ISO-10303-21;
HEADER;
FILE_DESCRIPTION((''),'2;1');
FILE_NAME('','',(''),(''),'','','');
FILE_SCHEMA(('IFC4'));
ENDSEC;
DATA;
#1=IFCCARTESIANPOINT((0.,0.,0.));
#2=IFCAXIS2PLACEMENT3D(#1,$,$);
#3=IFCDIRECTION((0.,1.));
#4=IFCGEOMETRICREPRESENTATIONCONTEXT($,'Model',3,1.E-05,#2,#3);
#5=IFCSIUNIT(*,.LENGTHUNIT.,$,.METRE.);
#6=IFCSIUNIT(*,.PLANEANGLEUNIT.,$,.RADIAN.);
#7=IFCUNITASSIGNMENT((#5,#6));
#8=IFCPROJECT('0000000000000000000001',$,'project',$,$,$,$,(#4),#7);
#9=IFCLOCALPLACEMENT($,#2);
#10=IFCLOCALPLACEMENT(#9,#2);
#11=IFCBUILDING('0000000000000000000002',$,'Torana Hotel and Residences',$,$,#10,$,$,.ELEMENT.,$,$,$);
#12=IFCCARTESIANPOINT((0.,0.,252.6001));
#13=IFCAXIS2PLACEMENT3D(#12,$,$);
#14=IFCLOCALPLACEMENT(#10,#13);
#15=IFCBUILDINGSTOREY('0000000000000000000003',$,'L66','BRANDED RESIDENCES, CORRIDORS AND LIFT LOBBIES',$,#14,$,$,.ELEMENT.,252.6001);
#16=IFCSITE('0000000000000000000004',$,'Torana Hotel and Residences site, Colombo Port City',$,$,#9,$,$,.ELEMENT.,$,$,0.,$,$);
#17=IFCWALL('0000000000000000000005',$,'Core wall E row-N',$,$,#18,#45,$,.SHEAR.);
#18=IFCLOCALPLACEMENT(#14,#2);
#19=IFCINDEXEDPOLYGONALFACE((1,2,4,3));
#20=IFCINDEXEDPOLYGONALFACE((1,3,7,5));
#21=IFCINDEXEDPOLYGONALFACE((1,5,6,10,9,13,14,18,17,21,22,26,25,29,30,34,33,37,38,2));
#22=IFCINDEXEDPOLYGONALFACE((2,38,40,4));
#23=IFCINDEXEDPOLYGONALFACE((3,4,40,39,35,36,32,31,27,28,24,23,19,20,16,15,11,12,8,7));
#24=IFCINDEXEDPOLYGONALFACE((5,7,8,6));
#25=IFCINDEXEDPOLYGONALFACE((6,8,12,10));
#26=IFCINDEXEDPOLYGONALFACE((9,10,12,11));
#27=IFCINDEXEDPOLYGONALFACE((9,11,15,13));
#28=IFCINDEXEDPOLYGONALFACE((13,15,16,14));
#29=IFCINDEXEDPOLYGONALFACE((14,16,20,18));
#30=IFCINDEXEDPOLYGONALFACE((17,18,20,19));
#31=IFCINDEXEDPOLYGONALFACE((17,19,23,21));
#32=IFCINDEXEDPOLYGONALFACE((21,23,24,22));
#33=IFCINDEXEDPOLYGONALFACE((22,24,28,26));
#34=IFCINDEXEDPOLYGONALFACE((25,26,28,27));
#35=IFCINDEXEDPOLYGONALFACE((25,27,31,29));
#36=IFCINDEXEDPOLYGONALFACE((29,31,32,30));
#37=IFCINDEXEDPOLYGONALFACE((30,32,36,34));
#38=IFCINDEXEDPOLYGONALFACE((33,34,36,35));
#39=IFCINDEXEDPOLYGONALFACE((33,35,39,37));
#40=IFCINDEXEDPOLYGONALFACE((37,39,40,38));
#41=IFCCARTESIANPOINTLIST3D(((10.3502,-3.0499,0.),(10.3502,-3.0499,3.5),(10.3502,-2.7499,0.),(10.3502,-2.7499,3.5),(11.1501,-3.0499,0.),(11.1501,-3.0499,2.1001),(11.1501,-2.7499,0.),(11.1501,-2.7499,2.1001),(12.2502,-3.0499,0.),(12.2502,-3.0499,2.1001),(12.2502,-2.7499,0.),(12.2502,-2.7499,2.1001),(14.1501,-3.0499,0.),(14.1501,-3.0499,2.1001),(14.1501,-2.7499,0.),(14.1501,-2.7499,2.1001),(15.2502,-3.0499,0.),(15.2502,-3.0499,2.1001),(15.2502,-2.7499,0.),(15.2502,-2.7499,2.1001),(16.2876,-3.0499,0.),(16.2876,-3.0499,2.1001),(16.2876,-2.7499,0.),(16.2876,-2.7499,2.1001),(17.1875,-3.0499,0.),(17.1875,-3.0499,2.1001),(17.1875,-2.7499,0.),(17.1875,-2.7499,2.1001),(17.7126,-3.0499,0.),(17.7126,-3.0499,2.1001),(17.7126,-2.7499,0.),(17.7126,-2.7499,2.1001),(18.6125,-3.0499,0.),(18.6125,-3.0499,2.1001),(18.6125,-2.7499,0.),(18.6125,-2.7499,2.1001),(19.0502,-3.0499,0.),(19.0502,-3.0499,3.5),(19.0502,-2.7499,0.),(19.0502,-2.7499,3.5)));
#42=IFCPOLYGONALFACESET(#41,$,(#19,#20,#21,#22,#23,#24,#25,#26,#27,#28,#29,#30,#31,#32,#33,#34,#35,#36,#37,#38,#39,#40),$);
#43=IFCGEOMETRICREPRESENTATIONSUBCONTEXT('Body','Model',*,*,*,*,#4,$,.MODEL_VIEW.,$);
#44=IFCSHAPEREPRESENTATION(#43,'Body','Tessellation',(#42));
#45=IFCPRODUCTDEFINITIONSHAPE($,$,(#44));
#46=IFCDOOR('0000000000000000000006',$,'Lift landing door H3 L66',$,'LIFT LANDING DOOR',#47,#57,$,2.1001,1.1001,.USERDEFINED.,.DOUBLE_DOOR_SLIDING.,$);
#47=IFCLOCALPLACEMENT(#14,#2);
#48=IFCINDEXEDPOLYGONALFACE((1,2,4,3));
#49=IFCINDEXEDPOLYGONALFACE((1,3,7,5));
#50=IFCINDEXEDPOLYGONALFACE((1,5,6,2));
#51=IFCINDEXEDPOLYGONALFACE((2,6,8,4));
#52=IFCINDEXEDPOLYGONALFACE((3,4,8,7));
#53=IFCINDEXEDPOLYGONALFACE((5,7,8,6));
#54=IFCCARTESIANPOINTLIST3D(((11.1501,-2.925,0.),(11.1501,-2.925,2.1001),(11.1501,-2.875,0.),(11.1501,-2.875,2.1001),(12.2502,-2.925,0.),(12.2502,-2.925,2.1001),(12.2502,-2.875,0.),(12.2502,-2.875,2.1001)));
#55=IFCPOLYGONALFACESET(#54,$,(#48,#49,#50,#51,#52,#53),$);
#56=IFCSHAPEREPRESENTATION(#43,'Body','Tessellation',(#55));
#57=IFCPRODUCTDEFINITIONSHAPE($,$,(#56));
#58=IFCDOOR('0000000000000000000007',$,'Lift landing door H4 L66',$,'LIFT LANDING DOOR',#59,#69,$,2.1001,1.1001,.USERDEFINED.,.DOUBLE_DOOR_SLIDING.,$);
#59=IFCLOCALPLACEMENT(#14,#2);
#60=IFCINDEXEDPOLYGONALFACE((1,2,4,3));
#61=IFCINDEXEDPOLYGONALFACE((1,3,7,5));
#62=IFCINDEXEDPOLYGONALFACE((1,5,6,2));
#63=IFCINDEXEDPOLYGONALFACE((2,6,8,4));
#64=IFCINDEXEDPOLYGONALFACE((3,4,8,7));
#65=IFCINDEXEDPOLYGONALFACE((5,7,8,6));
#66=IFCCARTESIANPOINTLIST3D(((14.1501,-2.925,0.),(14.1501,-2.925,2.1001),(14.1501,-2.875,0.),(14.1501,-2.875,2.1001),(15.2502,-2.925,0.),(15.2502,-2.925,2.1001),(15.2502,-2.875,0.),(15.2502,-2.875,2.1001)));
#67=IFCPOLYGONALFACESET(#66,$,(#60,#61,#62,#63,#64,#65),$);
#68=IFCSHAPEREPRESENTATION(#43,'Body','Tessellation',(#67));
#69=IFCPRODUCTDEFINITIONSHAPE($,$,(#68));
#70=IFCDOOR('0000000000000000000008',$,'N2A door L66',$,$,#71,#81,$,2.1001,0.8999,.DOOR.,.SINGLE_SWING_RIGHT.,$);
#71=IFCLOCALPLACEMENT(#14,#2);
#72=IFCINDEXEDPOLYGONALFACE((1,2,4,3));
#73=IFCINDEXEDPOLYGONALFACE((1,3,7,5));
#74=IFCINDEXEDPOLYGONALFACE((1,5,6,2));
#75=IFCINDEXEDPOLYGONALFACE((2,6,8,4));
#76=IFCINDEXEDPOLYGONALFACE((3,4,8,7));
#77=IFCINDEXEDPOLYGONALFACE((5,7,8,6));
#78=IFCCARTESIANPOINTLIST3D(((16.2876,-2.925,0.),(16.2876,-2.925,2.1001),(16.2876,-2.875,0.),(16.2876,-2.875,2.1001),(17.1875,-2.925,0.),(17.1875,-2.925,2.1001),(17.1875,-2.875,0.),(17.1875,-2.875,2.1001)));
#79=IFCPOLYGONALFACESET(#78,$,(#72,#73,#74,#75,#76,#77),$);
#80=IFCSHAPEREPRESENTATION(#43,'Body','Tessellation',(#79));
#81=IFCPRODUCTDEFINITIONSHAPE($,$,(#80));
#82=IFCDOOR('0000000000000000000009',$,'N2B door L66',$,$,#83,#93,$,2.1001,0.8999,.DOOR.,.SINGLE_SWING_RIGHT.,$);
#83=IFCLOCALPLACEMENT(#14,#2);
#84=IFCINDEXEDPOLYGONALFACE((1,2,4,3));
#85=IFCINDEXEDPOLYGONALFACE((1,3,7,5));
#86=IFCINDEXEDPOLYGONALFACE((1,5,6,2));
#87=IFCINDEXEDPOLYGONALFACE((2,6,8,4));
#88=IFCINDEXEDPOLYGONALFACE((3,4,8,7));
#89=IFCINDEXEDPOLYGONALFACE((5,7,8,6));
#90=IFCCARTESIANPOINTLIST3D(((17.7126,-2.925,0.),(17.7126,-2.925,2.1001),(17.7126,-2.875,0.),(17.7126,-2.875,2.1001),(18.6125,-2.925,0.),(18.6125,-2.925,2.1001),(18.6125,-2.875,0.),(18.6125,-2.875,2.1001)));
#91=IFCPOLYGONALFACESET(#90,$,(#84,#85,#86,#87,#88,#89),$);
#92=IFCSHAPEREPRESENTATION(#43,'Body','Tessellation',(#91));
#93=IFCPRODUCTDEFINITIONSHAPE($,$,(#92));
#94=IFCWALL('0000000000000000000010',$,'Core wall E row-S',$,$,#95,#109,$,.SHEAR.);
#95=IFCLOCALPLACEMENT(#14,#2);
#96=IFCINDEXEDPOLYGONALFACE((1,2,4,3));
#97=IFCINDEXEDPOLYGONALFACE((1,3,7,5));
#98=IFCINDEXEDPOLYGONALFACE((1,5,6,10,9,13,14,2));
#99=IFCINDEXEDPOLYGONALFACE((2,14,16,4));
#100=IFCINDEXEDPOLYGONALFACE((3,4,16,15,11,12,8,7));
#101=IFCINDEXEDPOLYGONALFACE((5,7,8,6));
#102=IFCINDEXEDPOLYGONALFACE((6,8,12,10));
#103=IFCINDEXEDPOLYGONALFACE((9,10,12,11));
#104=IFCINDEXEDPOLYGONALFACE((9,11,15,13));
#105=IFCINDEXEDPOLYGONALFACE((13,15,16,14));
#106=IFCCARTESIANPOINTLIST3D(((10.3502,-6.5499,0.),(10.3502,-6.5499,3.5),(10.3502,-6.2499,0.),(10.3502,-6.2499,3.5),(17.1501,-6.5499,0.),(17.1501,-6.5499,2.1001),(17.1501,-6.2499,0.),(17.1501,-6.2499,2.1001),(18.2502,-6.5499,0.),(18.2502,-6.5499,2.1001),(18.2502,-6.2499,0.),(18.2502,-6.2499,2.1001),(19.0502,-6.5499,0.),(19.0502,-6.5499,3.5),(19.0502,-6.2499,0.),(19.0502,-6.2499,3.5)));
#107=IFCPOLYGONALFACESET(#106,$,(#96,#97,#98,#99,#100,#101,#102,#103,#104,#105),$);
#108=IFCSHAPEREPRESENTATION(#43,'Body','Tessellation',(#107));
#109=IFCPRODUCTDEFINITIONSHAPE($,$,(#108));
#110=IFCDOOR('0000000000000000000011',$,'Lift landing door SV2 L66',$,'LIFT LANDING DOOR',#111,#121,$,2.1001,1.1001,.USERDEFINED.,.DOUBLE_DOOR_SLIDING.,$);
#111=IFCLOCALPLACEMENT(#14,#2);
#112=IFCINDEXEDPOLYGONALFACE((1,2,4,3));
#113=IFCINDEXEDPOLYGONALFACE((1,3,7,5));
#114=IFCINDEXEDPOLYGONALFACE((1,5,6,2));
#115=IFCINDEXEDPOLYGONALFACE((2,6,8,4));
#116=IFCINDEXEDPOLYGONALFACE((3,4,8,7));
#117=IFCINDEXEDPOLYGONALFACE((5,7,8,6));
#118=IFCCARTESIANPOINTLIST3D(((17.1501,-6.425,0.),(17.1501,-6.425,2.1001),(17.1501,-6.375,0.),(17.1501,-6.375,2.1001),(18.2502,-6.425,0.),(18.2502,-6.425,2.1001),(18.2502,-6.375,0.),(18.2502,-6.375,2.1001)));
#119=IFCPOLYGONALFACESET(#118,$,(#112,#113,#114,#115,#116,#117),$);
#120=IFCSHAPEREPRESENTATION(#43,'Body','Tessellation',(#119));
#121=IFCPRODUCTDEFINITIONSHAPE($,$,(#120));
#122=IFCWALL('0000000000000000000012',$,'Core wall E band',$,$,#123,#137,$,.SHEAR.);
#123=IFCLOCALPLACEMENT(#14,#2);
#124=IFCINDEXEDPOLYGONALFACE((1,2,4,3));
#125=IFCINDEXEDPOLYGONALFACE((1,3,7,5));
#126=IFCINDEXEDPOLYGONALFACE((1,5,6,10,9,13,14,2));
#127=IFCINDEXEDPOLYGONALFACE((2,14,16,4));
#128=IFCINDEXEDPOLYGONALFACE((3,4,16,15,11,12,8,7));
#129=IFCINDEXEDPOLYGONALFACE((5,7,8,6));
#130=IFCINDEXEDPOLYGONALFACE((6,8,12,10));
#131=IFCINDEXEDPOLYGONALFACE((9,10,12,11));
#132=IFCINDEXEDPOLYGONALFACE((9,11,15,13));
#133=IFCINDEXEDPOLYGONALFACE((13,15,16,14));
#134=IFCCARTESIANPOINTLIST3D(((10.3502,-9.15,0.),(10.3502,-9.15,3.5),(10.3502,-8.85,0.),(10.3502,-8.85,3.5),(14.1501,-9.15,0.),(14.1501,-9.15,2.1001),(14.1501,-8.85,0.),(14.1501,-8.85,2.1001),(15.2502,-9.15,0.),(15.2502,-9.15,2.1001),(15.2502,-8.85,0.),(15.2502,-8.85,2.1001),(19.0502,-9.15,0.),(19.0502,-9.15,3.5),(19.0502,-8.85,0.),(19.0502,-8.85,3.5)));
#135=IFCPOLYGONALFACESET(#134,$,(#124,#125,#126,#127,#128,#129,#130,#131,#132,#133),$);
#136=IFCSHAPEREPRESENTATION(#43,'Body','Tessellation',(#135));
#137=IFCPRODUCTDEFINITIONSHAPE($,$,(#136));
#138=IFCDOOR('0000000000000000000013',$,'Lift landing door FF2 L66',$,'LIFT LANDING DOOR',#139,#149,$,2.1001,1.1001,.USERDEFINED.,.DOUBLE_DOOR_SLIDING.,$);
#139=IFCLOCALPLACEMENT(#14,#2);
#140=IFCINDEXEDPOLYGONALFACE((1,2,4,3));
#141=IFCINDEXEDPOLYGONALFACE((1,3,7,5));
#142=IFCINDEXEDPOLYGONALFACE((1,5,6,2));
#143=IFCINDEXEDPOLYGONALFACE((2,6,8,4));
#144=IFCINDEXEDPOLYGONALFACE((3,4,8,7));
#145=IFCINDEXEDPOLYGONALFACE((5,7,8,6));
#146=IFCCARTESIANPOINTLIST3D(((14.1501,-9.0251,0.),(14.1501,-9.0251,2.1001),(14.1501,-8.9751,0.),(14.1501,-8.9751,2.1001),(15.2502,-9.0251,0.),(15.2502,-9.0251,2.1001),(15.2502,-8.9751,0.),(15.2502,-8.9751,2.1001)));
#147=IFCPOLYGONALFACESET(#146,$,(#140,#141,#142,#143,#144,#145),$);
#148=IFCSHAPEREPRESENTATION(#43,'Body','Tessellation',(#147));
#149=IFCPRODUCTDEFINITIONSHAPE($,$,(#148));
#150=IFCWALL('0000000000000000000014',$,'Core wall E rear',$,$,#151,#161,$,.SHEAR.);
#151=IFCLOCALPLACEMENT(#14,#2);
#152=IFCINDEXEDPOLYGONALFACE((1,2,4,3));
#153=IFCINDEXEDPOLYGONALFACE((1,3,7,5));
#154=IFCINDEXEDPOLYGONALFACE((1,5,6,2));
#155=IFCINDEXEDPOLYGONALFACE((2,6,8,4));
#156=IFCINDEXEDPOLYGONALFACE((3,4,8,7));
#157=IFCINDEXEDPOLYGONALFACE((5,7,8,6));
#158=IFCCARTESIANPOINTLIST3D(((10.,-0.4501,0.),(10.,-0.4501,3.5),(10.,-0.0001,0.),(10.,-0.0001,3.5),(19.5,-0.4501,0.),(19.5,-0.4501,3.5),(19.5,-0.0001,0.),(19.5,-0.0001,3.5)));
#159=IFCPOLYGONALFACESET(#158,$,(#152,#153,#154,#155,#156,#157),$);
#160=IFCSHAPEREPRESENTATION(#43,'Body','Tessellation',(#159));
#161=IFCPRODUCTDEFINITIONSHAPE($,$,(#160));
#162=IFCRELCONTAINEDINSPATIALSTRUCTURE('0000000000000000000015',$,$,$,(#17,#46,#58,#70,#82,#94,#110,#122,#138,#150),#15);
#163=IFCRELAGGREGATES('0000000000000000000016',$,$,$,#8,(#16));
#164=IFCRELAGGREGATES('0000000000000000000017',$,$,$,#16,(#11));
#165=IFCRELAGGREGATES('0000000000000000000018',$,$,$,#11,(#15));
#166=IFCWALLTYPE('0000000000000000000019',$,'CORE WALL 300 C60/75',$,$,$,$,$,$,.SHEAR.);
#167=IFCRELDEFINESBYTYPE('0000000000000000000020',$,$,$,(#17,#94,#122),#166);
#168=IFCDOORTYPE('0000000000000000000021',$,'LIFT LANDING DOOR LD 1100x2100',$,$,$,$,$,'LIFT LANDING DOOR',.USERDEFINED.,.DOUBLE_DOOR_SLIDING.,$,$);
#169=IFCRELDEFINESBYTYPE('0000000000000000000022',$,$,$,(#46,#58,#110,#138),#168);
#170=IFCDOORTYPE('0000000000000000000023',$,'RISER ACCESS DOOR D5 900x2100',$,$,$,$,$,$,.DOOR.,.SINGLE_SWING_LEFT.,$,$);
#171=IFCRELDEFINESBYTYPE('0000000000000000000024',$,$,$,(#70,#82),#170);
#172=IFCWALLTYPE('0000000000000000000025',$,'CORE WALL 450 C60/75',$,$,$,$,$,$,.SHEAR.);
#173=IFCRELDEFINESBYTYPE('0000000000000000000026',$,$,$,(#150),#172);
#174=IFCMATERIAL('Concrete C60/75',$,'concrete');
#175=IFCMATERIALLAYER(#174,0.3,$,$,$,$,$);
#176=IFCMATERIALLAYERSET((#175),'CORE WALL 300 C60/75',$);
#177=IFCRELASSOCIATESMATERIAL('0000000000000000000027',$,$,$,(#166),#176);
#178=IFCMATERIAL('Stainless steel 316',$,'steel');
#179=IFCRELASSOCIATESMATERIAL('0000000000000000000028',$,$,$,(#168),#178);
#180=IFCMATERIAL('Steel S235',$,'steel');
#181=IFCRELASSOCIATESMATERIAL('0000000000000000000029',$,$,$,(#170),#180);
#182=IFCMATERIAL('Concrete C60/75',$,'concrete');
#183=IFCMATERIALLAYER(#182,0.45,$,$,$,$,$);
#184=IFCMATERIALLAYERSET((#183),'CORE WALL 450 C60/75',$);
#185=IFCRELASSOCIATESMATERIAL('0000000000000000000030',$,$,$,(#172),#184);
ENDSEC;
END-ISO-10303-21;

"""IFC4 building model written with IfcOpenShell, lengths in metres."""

from ifc_helpers import new_model, si_unit, direction, frame, frame_2d, origin, place, context, subcontext, project, spatial, rectangle, extrude, material, layer, layer_set, type_object, element, fill, save


model = new_model("IFC4")

# Units and contexts
model_context = context("Model", 3, precision=1e-05, world=origin(), true_north=direction((0.0, 1.0)))
body_context = subcontext(model_context, "Body", "Model", "MODEL_VIEW")
ifc_project = project(units=[si_unit("LENGTHUNIT", "METRE"), si_unit("PLANEANGLEUNIT", "RADIAN")], contexts=[model_context])

# Site, building, storey
site_placement = place(None, origin())
site = spatial("IfcSite", under=ifc_project, at=site_placement, Name="Torana Hotel and Residences site, Colombo Port City", CompositionType="ELEMENT", RefElevation=0.0)
building_placement = place(site_placement, origin())
building = spatial("IfcBuilding", under=site, at=building_placement, Name="Torana Hotel and Residences", CompositionType="ELEMENT")
storey_placement = place(building_placement, frame((0.0, 0.0, 252.6001)))
storey = spatial("IfcBuildingStorey", under=building, at=storey_placement, Name="L66", Description="BRANDED RESIDENCES, CORRIDORS AND LIFT LOBBIES", CompositionType="ELEMENT", Elevation=252.6001)

# Wall, openings, doors
ifc_material_1 = material(Name="Concrete C60/75", Category="concrete")
ifc_layer_1 = layer(ifc_material_1, 0.3)
ifc_layer_set_1 = layer_set([ifc_layer_1], Name="CORE WALL 300 C60/75")
wall_type_1 = type_object("IfcWallType", Name="CORE WALL 300 C60/75", PredefinedType="SHEAR", material=ifc_layer_set_1)
wall_1_placement = place(storey_placement, frame((10.3501, -2.8999, 0.0), z_axis=(0.0, 0.0, 1.0), x_axis=(1.0, 0.0, 0.0)))
wall_1 = element("IfcWall", 1, at=wall_1_placement, inside=storey, type_object=wall_type_1, Name="Core wall E row-N", PredefinedType="SHEAR", context=body_context, shape_type="SweptSolid", body=[
    extrude(rectangle(XDim=8.7, YDim=0.3, at=frame_2d((4.3501, 0.0))), origin(), (0.0, 0.0, 1.0), 3.5),
])
opening_1_placement = place(wall_1_placement, frame((0.8, 0.0, 0.0)))
opening_1 = element("IfcOpeningElement", 2, at=opening_1_placement, cuts=wall_1, PredefinedType="OPENING", context=body_context, shape_type="SweptSolid", body=[
    extrude(rectangle(XDim=1.1001, YDim=2.1001, at=frame_2d((0.55, 1.05))), frame((0.0, 0.1599, 0.0), z_axis=(0.0, -1.0, 0.0), x_axis=(1.0, 0.0, 0.0)), (0.0, 0.0, 1.0), 0.3201),
])
opening_2_placement = place(wall_1_placement, frame((3.8, 0.0, 0.0)))
opening_2 = element("IfcOpeningElement", 3, at=opening_2_placement, cuts=wall_1, PredefinedType="OPENING", context=body_context, shape_type="SweptSolid", body=[
    extrude(rectangle(XDim=1.1001, YDim=2.1001, at=frame_2d((0.55, 1.05))), frame((0.0, 0.1599, 0.0), z_axis=(0.0, -1.0, 0.0), x_axis=(1.0, 0.0, 0.0)), (0.0, 0.0, 1.0), 0.3201),
])
opening_3_placement = place(wall_1_placement, frame((5.9375, 0.0, 0.0)))
opening_3 = element("IfcOpeningElement", 4, at=opening_3_placement, cuts=wall_1, PredefinedType="OPENING", context=body_context, shape_type="SweptSolid", body=[
    extrude(rectangle(XDim=0.8999, YDim=2.1001, at=frame_2d((0.45, 1.05))), frame((0.0, 0.1599, 0.0), z_axis=(0.0, -1.0, 0.0), x_axis=(1.0, 0.0, 0.0)), (0.0, 0.0, 1.0), 0.3201),
])
opening_4_placement = place(wall_1_placement, frame((7.3625, 0.0, 0.0)))
opening_4 = element("IfcOpeningElement", 5, at=opening_4_placement, cuts=wall_1, PredefinedType="OPENING", context=body_context, shape_type="SweptSolid", body=[
    extrude(rectangle(XDim=0.8999, YDim=2.1001, at=frame_2d((0.45, 1.05))), frame((0.0, 0.1599, 0.0), z_axis=(0.0, -1.0, 0.0), x_axis=(1.0, 0.0, 0.0)), (0.0, 0.0, 1.0), 0.3201),
])
ifc_material_2 = material(Name="Stainless steel 316", Category="steel")
door_type_1 = type_object("IfcDoorType", Name="LIFT LANDING DOOR LD 1100x2100", ElementType="LIFT LANDING DOOR", OperationType="DOUBLE_DOOR_SLIDING", PredefinedType="USERDEFINED", material=ifc_material_2)
door_1_placement = place(opening_1_placement, origin())
door_1 = element("IfcDoor", 6, at=door_1_placement, inside=storey, type_object=door_type_1, Name="Lift landing door H3 L66", ObjectType="LIFT LANDING DOOR", OperationType="DOUBLE_DOOR_SLIDING", OverallHeight=2.1001, OverallWidth=1.1001, PredefinedType="USERDEFINED", context=body_context, shape_type="SweptSolid", body=[
    extrude(rectangle(XDim=1.1001, YDim=2.1001, at=frame_2d((0.55, 1.05))), frame((0.0, 0.0249, 0.0), z_axis=(0.0, -1.0, 0.0), x_axis=(1.0, 0.0, 0.0)), (0.0, 0.0, 1.0), 0.05),
])
fill(opening_1, door_1)
door_2_placement = place(opening_2_placement, origin())
door_2 = element("IfcDoor", 7, at=door_2_placement, inside=storey, type_object=door_type_1, Name="Lift landing door H4 L66", ObjectType="LIFT LANDING DOOR", OperationType="DOUBLE_DOOR_SLIDING", OverallHeight=2.1001, OverallWidth=1.1001, PredefinedType="USERDEFINED", context=body_context, shape_type="SweptSolid", body=[
    extrude(rectangle(XDim=1.1001, YDim=2.1001, at=frame_2d((0.55, 1.05))), frame((0.0, 0.0249, 0.0), z_axis=(0.0, -1.0, 0.0), x_axis=(1.0, 0.0, 0.0)), (0.0, 0.0, 1.0), 0.05),
])
fill(opening_2, door_2)
ifc_material_3 = material(Name="Steel S235", Category="steel")
door_type_2 = type_object("IfcDoorType", Name="RISER ACCESS DOOR D5 900x2100", OperationType="SINGLE_SWING_LEFT", PredefinedType="DOOR", material=ifc_material_3)
door_3_placement = place(opening_3_placement, origin())
door_3 = element("IfcDoor", 8, at=door_3_placement, inside=storey, type_object=door_type_2, Name="N2A door L66", OperationType="SINGLE_SWING_RIGHT", OverallHeight=2.1001, OverallWidth=0.8999, PredefinedType="DOOR", context=body_context, shape_type="SweptSolid", body=[
    extrude(rectangle(XDim=0.8999, YDim=2.1001, at=frame_2d((0.45, 1.05))), frame((0.0, 0.0249, 0.0), z_axis=(0.0, -1.0, 0.0), x_axis=(1.0, 0.0, 0.0)), (0.0, 0.0, 1.0), 0.05),
])
fill(opening_3, door_3)
door_4_placement = place(opening_4_placement, origin())
door_4 = element("IfcDoor", 9, at=door_4_placement, inside=storey, type_object=door_type_2, Name="N2B door L66", OperationType="SINGLE_SWING_RIGHT", OverallHeight=2.1001, OverallWidth=0.8999, PredefinedType="DOOR", context=body_context, shape_type="SweptSolid", body=[
    extrude(rectangle(XDim=0.8999, YDim=2.1001, at=frame_2d((0.45, 1.05))), frame((0.0, 0.0249, 0.0), z_axis=(0.0, -1.0, 0.0), x_axis=(1.0, 0.0, 0.0)), (0.0, 0.0, 1.0), 0.05),
])
fill(opening_4, door_4)

# Walls, openings, doors
wall_2_placement = place(storey_placement, frame((10.3501, -6.3999, 0.0), z_axis=(0.0, 0.0, 1.0), x_axis=(1.0, 0.0, 0.0)))
wall_2 = element("IfcWall", 10, at=wall_2_placement, inside=storey, type_object=wall_type_1, Name="Core wall E row-S", PredefinedType="SHEAR", context=body_context, shape_type="SweptSolid", body=[
    extrude(rectangle(XDim=8.7, YDim=0.3, at=frame_2d((4.3501, 0.0))), origin(), (0.0, 0.0, 1.0), 3.5),
])
opening_5_placement = place(wall_2_placement, frame((6.8, 0.0, 0.0)))
opening_5 = element("IfcOpeningElement", 11, at=opening_5_placement, cuts=wall_2, PredefinedType="OPENING", context=body_context, shape_type="SweptSolid", body=[
    extrude(rectangle(XDim=1.1001, YDim=2.1001, at=frame_2d((0.55, 1.05))), frame((0.0, 0.1599, 0.0), z_axis=(0.0, -1.0, 0.0), x_axis=(1.0, 0.0, 0.0)), (0.0, 0.0, 1.0), 0.3201),
])
door_5_placement = place(opening_5_placement, origin())
door_5 = element("IfcDoor", 12, at=door_5_placement, inside=storey, type_object=door_type_1, Name="Lift landing door SV2 L66", ObjectType="LIFT LANDING DOOR", OperationType="DOUBLE_DOOR_SLIDING", OverallHeight=2.1001, OverallWidth=1.1001, PredefinedType="USERDEFINED", context=body_context, shape_type="SweptSolid", body=[
    extrude(rectangle(XDim=1.1001, YDim=2.1001, at=frame_2d((0.55, 1.05))), frame((0.0, 0.0249, 0.0), z_axis=(0.0, -1.0, 0.0), x_axis=(1.0, 0.0, 0.0)), (0.0, 0.0, 1.0), 0.05),
])
fill(opening_5, door_5)
wall_3_placement = place(storey_placement, frame((10.3501, -9.0, 0.0), z_axis=(0.0, 0.0, 1.0), x_axis=(1.0, 0.0, 0.0)))
wall_3 = element("IfcWall", 13, at=wall_3_placement, inside=storey, type_object=wall_type_1, Name="Core wall E band", PredefinedType="SHEAR", context=body_context, shape_type="SweptSolid", body=[
    extrude(rectangle(XDim=8.7, YDim=0.3, at=frame_2d((4.3501, 0.0))), origin(), (0.0, 0.0, 1.0), 3.5),
])
opening_6_placement = place(wall_3_placement, frame((3.8, 0.0, 0.0)))
opening_6 = element("IfcOpeningElement", 14, at=opening_6_placement, cuts=wall_3, PredefinedType="OPENING", context=body_context, shape_type="SweptSolid", body=[
    extrude(rectangle(XDim=1.1001, YDim=2.1001, at=frame_2d((0.55, 1.05))), frame((0.0, 0.1599, 0.0), z_axis=(0.0, -1.0, 0.0), x_axis=(1.0, 0.0, 0.0)), (0.0, 0.0, 1.0), 0.3201),
])
door_6_placement = place(opening_6_placement, origin())
door_6 = element("IfcDoor", 15, at=door_6_placement, inside=storey, type_object=door_type_1, Name="Lift landing door FF2 L66", ObjectType="LIFT LANDING DOOR", OperationType="DOUBLE_DOOR_SLIDING", OverallHeight=2.1001, OverallWidth=1.1001, PredefinedType="USERDEFINED", context=body_context, shape_type="SweptSolid", body=[
    extrude(rectangle(XDim=1.1001, YDim=2.1001, at=frame_2d((0.55, 1.05))), frame((0.0, 0.0249, 0.0), z_axis=(0.0, -1.0, 0.0), x_axis=(1.0, 0.0, 0.0)), (0.0, 0.0, 1.0), 0.05),
])
fill(opening_6, door_6)

# Wall
ifc_material_4 = material(Name="Concrete C60/75", Category="concrete")
ifc_layer_2 = layer(ifc_material_4, 0.45)
ifc_layer_set_2 = layer_set([ifc_layer_2], Name="CORE WALL 450 C60/75")
wall_type_2 = type_object("IfcWallType", Name="CORE WALL 450 C60/75", PredefinedType="SHEAR", material=ifc_layer_set_2)
wall_4_placement = place(storey_placement, frame((10.0, -0.2251, 0.0), z_axis=(0.0, 0.0, 1.0), x_axis=(1.0, 0.0, 0.0)))
element("IfcWall", 16, at=wall_4_placement, inside=storey, type_object=wall_type_2, Name="Core wall E rear", PredefinedType="SHEAR", context=body_context, shape_type="SweptSolid", body=[
    extrude(rectangle(XDim=9.5, YDim=0.45, at=frame_2d((4.75, 0.0))), origin(), (0.0, 0.0, 1.0), 3.5),
])

save(model, "model.ifc")
